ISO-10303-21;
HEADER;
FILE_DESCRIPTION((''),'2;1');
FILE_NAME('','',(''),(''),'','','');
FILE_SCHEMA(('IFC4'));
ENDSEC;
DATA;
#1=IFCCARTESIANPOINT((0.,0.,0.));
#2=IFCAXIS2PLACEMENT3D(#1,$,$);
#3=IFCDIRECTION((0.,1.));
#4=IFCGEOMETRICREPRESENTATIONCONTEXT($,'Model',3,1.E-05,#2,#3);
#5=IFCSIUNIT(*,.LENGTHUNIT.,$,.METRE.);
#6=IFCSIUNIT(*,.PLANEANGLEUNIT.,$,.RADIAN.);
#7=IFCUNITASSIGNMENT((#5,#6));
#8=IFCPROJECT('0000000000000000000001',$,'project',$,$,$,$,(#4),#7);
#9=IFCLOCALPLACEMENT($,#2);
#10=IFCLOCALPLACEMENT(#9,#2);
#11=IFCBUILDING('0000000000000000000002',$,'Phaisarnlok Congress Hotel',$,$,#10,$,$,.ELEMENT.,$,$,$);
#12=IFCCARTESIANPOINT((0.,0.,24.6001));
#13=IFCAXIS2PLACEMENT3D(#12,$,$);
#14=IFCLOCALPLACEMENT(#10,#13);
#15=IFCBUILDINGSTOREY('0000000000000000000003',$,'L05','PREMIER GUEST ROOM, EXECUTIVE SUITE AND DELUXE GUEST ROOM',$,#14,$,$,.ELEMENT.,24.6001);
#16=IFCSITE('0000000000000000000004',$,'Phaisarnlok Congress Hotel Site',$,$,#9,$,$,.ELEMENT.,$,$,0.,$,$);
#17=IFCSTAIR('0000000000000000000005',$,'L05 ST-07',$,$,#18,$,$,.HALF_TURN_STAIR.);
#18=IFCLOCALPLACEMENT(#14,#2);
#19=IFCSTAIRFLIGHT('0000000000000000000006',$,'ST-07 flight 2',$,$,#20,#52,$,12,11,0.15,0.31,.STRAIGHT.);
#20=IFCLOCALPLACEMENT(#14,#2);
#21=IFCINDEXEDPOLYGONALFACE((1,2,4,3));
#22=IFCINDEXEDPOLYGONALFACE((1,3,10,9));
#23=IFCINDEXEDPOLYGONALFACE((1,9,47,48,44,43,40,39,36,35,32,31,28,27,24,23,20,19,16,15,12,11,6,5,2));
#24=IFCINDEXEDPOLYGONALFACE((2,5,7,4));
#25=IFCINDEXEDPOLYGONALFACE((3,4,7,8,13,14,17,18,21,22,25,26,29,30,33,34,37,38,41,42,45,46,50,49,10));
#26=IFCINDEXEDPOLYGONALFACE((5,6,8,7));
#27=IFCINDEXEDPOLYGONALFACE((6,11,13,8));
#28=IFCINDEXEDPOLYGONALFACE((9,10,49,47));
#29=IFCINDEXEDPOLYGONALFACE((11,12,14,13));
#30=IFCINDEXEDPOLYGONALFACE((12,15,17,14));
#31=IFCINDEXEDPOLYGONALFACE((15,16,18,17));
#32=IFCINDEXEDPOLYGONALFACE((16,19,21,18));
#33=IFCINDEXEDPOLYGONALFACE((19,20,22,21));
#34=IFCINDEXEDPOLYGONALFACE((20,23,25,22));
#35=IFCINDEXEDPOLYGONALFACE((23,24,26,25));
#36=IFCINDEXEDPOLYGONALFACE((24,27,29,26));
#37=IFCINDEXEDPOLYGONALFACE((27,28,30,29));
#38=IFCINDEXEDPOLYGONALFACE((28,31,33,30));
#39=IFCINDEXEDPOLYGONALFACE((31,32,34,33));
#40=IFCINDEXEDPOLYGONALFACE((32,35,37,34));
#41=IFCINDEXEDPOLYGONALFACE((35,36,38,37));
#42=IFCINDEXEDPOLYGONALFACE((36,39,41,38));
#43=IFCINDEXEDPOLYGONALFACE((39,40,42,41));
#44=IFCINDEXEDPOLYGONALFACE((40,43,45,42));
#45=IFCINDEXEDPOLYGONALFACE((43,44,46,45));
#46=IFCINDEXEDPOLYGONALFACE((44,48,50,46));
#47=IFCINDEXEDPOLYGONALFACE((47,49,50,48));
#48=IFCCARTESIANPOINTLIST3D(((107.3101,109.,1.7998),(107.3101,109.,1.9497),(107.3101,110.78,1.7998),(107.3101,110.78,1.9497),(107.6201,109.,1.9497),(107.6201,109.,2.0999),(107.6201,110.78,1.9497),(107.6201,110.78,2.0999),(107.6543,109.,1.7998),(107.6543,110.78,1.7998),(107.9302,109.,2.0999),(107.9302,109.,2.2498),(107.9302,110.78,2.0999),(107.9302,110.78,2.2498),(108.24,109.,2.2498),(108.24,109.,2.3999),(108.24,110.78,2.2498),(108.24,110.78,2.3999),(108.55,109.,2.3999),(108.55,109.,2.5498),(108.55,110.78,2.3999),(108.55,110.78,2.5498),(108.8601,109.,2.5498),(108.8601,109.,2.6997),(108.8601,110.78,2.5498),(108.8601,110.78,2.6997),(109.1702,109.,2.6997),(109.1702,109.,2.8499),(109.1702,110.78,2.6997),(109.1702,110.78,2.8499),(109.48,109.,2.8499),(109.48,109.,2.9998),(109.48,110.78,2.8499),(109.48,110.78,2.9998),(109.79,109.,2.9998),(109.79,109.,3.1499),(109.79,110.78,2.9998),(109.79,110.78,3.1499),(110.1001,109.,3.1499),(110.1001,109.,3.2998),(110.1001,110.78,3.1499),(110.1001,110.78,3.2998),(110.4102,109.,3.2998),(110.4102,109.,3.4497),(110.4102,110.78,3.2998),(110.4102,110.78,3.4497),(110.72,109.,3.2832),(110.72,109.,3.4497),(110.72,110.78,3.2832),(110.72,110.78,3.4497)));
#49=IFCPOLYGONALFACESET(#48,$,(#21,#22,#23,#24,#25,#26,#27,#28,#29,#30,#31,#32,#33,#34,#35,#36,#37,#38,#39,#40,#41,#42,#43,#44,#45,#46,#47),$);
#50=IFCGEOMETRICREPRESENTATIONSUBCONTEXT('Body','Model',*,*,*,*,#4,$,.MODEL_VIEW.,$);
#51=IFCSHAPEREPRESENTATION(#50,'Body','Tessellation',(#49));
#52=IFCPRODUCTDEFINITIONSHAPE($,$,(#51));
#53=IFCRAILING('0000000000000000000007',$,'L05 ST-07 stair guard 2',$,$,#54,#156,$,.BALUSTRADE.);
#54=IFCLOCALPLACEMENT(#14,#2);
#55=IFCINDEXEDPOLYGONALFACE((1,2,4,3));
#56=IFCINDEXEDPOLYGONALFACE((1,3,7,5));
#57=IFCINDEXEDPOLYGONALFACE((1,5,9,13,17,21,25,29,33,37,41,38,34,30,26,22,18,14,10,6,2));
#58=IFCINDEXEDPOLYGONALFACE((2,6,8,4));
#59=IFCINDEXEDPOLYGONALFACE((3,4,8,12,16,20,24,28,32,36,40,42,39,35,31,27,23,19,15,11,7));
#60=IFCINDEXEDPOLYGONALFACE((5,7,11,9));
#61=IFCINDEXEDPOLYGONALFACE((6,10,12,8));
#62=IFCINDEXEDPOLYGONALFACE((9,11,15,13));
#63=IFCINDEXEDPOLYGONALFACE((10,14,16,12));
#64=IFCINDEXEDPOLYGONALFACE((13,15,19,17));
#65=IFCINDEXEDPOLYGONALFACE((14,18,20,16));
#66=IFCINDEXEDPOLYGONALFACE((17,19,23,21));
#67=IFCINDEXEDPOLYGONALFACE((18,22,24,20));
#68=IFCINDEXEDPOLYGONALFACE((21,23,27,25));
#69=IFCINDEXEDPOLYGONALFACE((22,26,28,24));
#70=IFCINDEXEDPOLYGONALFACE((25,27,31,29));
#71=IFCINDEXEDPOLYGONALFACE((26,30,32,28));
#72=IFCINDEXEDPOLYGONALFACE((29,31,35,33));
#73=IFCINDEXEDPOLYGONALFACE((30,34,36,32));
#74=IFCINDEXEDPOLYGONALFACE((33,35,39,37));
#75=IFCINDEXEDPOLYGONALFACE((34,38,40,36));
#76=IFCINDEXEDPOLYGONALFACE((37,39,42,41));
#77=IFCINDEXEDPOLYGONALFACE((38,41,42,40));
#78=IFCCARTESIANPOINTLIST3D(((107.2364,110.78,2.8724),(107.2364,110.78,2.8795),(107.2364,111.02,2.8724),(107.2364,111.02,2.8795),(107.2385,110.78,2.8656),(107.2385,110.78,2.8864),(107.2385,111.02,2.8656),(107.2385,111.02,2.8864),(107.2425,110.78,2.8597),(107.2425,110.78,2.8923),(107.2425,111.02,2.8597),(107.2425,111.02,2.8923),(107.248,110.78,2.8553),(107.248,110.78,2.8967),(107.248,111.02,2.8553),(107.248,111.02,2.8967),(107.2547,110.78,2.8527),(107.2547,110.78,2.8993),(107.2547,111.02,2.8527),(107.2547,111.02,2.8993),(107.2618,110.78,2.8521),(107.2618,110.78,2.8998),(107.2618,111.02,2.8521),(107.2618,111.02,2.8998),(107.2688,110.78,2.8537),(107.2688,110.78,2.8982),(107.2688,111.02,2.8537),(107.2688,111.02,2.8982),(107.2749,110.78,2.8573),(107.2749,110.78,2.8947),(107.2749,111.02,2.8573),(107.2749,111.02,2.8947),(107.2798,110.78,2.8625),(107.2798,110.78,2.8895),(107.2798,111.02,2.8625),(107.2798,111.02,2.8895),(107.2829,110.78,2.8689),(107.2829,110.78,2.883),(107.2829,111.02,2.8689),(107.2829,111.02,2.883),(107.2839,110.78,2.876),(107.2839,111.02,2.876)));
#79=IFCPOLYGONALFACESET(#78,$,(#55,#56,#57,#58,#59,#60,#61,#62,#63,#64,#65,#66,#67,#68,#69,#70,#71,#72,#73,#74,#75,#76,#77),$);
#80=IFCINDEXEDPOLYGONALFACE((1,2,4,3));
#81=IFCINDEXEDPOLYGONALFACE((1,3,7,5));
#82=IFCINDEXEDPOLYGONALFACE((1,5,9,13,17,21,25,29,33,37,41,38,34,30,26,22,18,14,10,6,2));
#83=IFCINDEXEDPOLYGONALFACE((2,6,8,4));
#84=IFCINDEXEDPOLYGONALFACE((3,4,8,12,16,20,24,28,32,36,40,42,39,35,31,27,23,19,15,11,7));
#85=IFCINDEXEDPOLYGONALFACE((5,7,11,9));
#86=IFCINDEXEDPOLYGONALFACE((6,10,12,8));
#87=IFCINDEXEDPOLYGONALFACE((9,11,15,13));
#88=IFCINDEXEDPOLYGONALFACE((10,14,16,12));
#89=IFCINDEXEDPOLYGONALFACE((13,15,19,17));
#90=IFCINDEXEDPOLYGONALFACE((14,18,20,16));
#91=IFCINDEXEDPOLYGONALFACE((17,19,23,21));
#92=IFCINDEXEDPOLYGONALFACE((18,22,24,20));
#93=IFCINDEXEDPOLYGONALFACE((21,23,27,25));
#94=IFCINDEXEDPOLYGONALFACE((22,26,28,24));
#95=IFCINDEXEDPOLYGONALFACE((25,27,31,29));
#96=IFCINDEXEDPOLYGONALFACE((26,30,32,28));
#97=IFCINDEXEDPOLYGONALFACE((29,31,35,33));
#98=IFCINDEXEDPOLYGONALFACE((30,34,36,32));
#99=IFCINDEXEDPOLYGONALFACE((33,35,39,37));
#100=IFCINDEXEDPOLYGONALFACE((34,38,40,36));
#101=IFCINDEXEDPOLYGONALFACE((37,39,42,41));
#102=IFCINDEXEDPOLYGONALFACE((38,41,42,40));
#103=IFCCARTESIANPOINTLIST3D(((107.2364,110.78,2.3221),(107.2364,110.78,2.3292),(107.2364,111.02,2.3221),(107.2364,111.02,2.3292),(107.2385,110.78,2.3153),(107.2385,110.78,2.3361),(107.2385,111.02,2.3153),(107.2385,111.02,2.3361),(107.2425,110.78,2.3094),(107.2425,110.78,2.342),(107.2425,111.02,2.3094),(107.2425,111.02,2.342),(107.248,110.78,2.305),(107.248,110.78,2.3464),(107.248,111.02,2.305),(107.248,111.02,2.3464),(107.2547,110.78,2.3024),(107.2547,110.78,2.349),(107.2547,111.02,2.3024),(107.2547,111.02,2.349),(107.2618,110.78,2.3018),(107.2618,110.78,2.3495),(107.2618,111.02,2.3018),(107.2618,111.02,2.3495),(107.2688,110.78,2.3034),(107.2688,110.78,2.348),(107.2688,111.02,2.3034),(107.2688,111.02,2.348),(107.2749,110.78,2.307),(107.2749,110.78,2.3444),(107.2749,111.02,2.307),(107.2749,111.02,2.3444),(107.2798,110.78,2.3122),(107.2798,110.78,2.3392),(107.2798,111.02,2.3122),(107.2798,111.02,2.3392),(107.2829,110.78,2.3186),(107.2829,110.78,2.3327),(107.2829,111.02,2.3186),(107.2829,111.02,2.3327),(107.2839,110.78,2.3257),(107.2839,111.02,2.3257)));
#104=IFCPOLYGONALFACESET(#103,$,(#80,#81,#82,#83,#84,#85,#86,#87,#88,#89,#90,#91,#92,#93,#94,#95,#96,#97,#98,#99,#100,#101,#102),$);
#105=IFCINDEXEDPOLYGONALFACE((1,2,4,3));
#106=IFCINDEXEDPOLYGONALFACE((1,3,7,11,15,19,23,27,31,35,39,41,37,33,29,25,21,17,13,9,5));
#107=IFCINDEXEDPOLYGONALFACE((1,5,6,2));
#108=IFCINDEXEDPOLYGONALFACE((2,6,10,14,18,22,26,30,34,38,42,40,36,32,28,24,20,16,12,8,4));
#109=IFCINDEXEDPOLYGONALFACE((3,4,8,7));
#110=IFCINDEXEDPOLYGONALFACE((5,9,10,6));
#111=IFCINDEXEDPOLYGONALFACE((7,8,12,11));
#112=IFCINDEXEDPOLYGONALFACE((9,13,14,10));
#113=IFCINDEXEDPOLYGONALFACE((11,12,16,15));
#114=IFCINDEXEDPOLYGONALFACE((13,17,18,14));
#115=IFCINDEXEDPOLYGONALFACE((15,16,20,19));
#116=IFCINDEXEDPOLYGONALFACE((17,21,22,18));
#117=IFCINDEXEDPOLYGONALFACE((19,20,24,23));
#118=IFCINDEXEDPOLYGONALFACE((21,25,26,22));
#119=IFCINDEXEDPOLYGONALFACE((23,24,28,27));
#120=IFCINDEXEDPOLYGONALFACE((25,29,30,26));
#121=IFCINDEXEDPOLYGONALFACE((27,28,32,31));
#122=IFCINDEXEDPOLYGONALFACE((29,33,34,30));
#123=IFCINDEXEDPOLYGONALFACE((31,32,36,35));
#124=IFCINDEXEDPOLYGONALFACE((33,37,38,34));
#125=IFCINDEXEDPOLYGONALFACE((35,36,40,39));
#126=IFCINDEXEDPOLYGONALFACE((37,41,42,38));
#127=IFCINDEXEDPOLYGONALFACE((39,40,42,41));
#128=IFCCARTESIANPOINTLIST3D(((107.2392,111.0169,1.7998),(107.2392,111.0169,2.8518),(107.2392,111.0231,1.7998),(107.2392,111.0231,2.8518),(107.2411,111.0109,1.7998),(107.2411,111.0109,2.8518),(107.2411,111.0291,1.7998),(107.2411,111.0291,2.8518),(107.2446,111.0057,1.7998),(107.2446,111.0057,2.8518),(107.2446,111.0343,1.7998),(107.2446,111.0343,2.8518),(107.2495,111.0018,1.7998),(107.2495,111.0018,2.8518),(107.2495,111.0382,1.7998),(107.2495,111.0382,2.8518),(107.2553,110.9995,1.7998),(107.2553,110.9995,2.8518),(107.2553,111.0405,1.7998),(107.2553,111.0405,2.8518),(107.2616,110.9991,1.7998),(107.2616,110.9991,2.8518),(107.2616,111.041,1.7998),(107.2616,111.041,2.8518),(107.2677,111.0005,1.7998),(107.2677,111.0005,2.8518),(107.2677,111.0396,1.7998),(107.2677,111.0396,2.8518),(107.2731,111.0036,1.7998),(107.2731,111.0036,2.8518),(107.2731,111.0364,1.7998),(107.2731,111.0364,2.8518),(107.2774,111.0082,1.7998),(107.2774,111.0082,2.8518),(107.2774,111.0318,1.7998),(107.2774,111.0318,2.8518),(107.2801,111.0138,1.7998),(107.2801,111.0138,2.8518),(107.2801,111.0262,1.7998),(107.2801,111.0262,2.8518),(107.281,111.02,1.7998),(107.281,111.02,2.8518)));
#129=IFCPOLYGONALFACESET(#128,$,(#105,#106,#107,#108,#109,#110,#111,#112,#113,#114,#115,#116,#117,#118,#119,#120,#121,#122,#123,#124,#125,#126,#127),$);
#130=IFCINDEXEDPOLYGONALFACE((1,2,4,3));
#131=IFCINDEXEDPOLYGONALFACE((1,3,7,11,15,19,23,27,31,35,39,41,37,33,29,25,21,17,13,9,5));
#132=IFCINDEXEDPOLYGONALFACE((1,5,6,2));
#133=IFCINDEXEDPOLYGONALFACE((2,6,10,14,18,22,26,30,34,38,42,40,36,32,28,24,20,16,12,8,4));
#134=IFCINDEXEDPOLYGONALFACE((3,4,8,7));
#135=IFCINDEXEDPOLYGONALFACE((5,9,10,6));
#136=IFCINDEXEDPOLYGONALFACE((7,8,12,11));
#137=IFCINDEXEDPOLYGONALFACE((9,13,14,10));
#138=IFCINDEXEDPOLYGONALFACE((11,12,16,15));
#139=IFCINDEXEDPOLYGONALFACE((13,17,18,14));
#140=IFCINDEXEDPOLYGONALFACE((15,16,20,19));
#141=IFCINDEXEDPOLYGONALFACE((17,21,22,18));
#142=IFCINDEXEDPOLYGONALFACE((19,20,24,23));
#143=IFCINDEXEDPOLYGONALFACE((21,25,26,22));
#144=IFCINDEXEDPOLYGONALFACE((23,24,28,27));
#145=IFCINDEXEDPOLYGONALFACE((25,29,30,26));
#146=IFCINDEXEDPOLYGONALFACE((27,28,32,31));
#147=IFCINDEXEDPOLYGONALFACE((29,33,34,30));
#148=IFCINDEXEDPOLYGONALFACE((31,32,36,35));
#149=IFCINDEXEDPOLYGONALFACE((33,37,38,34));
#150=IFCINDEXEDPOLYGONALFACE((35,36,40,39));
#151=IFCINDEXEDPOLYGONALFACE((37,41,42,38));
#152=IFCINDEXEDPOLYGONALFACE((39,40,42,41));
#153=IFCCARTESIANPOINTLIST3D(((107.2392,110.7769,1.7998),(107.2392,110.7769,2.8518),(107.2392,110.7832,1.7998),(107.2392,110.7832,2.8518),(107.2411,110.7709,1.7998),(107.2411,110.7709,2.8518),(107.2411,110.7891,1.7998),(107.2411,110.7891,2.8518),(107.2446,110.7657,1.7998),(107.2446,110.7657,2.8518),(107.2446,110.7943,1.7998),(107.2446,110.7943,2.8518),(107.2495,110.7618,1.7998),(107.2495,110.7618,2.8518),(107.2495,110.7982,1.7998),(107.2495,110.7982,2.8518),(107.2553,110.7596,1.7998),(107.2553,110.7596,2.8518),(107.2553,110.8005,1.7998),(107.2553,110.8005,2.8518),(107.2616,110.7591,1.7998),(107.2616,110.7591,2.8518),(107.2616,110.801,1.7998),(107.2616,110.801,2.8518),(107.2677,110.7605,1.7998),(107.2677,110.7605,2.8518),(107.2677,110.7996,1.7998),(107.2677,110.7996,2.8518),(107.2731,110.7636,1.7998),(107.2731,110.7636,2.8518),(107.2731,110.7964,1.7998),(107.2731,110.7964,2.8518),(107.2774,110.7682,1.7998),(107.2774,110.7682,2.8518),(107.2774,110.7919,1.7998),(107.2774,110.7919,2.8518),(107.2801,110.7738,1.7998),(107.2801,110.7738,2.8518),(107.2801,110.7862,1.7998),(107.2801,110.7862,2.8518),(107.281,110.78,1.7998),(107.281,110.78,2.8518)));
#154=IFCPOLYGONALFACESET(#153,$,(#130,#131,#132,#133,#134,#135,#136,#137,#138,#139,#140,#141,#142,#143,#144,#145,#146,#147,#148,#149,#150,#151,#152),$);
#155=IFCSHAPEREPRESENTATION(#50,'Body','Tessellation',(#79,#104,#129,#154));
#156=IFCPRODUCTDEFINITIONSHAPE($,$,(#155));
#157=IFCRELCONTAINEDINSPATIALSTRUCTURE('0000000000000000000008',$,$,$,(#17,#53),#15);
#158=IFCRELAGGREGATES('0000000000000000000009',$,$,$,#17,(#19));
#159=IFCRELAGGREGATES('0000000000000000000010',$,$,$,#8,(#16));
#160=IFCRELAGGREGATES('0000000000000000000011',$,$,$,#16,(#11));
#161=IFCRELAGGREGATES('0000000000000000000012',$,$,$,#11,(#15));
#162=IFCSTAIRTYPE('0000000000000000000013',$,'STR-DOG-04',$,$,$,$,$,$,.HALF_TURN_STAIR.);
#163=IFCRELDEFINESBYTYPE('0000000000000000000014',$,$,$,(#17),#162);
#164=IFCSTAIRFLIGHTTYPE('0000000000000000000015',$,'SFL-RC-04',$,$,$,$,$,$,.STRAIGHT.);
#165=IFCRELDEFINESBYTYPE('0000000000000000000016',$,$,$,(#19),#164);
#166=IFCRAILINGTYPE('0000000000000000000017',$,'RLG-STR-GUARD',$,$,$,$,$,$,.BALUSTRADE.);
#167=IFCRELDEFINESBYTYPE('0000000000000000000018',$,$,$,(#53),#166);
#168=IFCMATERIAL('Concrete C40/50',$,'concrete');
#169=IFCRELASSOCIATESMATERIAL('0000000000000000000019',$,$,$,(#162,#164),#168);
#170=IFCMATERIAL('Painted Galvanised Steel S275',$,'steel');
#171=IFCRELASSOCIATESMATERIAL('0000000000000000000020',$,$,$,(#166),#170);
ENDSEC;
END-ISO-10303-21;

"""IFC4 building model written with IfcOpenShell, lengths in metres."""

from ifc_helpers import new_model, si_unit, direction, frame, origin, origin_2d, place, context, subcontext, project, spatial, polyline, circle, outline, extrude, material, type_object, element, aggregate, save


model = new_model("IFC4")

# Units and contexts
model_context = context("Model", 3, precision=1e-05, world=origin(), true_north=direction((0.0, 1.0)))
body_context = subcontext(model_context, "Body", "Model", "MODEL_VIEW")
ifc_project = project(units=[si_unit("LENGTHUNIT", "METRE"), si_unit("PLANEANGLEUNIT", "RADIAN")], contexts=[model_context])

# Site, building, storey
site_placement = place(None, origin())
site = spatial("IfcSite", under=ifc_project, at=site_placement, Name="Phaisarnlok Congress Hotel Site", CompositionType="ELEMENT", RefElevation=0.0)
building_placement = place(site_placement, origin())
building = spatial("IfcBuilding", under=site, at=building_placement, Name="Phaisarnlok Congress Hotel", CompositionType="ELEMENT")
storey_placement = place(building_placement, frame((0.0, 0.0, 24.6001)))
storey = spatial("IfcBuildingStorey", under=building, at=storey_placement, Name="L05", Description="PREMIER GUEST ROOM, EXECUTIVE SUITE AND DELUXE GUEST ROOM", CompositionType="ELEMENT", Elevation=24.6001)

# Shared definitions
ifc_material_1 = material(Name="Concrete C40/50", Category="concrete")

# Stair, stair flight
stair_type = type_object("IfcStairType", Name="STR-DOG-04", PredefinedType="HALF_TURN_STAIR", material=ifc_material_1)
stair_placement = place(storey_placement, origin())
stair = element("IfcStair", 1, at=stair_placement, inside=storey, type_object=stair_type, Name="L05 ST-07", PredefinedType="HALF_TURN_STAIR")
stair_flight_type = type_object("IfcStairFlightType", Name="SFL-RC-04", PredefinedType="STRAIGHT", material=ifc_material_1)
stair_flight_placement = place(storey_placement, frame((107.3101, 109.8899, 1.7998), z_axis=(0.0, 0.0, 1.0), x_axis=(1.0, 0.0, 0.0)))
stair_flight = element("IfcStairFlight", 2, at=stair_flight_placement, type_object=stair_flight_type, Name="ST-07 flight 2", NumberOfRisers=12, NumberOfTreads=11, PredefinedType="STRAIGHT", RiserHeight=0.15, TreadLength=0.31, context=body_context, shape_type="SweptSolid", body=[
    extrude(outline(polyline([(0.0, 0.0), (0.0, 0.1499), (0.3101, 0.1499), (0.3101, 0.3), (0.6201, 0.3), (0.6201, 0.45), (0.9299, 0.45), (0.9299, 0.6001), (1.24, 0.6001), (1.24, 0.75), (1.55, 0.75), (1.55, 0.8999), (1.8601, 0.8999), (1.8601, 1.05), (2.1699, 1.05), (2.1699, 1.2), (2.48, 1.2), (2.48, 1.3501), (2.79, 1.3501), (2.79, 1.5), (3.1001, 1.5), (3.1001, 1.6499), (3.4099, 1.6499), (3.4099, 1.8), (3.4099, 1.4834), (0.3442, 0.0), (0.0, 0.0)])), frame((0.0, 0.8901, 0.0), z_axis=(0.0, -1.0, 0.0), x_axis=(1.0, 0.0, 0.0)), (0.0, 0.0, 1.0), 1.78),
])
aggregate(stair, [stair_flight])

# Railing
ifc_material_2 = material(Name="Painted Galvanised Steel S275", Category="steel")
railing_type_1 = type_object("IfcRailingType", Name="RLG-STR-GUARD", PredefinedType="BALUSTRADE", material=ifc_material_2)
railing_1_placement = place(storey_placement, frame((107.26, 111.02, 1.7998)))
element("IfcRailing", 3, at=railing_1_placement, inside=storey, type_object=railing_type_1, Name="L05 ST-07 stair guard 2", PredefinedType="BALUSTRADE", context=body_context, shape_type="SweptSolid", body=[
    extrude(circle(Radius=0.0239, at=origin_2d()), frame((0.0, 0.0, 1.0762), z_axis=(0.0, -1.0, 0.0), x_axis=(1.0, 0.0, 0.0)), (0.0, 0.0, 1.0), 0.24),
    extrude(circle(Radius=0.0239, at=origin_2d()), frame((0.0, 0.0, 0.5259), z_axis=(0.0, -1.0, 0.0), x_axis=(1.0, 0.0, 0.0)), (0.0, 0.0, 1.0), 0.24),
    extrude(circle(Radius=0.021, at=origin_2d()), origin(), (0.0, 0.0, 1.0), 1.052),
    extrude(circle(Radius=0.021, at=origin_2d()), frame((0.0, -0.24, 0.0)), (0.0, 0.0, 1.0), 1.052),
])

save(model, "model.ifc")
